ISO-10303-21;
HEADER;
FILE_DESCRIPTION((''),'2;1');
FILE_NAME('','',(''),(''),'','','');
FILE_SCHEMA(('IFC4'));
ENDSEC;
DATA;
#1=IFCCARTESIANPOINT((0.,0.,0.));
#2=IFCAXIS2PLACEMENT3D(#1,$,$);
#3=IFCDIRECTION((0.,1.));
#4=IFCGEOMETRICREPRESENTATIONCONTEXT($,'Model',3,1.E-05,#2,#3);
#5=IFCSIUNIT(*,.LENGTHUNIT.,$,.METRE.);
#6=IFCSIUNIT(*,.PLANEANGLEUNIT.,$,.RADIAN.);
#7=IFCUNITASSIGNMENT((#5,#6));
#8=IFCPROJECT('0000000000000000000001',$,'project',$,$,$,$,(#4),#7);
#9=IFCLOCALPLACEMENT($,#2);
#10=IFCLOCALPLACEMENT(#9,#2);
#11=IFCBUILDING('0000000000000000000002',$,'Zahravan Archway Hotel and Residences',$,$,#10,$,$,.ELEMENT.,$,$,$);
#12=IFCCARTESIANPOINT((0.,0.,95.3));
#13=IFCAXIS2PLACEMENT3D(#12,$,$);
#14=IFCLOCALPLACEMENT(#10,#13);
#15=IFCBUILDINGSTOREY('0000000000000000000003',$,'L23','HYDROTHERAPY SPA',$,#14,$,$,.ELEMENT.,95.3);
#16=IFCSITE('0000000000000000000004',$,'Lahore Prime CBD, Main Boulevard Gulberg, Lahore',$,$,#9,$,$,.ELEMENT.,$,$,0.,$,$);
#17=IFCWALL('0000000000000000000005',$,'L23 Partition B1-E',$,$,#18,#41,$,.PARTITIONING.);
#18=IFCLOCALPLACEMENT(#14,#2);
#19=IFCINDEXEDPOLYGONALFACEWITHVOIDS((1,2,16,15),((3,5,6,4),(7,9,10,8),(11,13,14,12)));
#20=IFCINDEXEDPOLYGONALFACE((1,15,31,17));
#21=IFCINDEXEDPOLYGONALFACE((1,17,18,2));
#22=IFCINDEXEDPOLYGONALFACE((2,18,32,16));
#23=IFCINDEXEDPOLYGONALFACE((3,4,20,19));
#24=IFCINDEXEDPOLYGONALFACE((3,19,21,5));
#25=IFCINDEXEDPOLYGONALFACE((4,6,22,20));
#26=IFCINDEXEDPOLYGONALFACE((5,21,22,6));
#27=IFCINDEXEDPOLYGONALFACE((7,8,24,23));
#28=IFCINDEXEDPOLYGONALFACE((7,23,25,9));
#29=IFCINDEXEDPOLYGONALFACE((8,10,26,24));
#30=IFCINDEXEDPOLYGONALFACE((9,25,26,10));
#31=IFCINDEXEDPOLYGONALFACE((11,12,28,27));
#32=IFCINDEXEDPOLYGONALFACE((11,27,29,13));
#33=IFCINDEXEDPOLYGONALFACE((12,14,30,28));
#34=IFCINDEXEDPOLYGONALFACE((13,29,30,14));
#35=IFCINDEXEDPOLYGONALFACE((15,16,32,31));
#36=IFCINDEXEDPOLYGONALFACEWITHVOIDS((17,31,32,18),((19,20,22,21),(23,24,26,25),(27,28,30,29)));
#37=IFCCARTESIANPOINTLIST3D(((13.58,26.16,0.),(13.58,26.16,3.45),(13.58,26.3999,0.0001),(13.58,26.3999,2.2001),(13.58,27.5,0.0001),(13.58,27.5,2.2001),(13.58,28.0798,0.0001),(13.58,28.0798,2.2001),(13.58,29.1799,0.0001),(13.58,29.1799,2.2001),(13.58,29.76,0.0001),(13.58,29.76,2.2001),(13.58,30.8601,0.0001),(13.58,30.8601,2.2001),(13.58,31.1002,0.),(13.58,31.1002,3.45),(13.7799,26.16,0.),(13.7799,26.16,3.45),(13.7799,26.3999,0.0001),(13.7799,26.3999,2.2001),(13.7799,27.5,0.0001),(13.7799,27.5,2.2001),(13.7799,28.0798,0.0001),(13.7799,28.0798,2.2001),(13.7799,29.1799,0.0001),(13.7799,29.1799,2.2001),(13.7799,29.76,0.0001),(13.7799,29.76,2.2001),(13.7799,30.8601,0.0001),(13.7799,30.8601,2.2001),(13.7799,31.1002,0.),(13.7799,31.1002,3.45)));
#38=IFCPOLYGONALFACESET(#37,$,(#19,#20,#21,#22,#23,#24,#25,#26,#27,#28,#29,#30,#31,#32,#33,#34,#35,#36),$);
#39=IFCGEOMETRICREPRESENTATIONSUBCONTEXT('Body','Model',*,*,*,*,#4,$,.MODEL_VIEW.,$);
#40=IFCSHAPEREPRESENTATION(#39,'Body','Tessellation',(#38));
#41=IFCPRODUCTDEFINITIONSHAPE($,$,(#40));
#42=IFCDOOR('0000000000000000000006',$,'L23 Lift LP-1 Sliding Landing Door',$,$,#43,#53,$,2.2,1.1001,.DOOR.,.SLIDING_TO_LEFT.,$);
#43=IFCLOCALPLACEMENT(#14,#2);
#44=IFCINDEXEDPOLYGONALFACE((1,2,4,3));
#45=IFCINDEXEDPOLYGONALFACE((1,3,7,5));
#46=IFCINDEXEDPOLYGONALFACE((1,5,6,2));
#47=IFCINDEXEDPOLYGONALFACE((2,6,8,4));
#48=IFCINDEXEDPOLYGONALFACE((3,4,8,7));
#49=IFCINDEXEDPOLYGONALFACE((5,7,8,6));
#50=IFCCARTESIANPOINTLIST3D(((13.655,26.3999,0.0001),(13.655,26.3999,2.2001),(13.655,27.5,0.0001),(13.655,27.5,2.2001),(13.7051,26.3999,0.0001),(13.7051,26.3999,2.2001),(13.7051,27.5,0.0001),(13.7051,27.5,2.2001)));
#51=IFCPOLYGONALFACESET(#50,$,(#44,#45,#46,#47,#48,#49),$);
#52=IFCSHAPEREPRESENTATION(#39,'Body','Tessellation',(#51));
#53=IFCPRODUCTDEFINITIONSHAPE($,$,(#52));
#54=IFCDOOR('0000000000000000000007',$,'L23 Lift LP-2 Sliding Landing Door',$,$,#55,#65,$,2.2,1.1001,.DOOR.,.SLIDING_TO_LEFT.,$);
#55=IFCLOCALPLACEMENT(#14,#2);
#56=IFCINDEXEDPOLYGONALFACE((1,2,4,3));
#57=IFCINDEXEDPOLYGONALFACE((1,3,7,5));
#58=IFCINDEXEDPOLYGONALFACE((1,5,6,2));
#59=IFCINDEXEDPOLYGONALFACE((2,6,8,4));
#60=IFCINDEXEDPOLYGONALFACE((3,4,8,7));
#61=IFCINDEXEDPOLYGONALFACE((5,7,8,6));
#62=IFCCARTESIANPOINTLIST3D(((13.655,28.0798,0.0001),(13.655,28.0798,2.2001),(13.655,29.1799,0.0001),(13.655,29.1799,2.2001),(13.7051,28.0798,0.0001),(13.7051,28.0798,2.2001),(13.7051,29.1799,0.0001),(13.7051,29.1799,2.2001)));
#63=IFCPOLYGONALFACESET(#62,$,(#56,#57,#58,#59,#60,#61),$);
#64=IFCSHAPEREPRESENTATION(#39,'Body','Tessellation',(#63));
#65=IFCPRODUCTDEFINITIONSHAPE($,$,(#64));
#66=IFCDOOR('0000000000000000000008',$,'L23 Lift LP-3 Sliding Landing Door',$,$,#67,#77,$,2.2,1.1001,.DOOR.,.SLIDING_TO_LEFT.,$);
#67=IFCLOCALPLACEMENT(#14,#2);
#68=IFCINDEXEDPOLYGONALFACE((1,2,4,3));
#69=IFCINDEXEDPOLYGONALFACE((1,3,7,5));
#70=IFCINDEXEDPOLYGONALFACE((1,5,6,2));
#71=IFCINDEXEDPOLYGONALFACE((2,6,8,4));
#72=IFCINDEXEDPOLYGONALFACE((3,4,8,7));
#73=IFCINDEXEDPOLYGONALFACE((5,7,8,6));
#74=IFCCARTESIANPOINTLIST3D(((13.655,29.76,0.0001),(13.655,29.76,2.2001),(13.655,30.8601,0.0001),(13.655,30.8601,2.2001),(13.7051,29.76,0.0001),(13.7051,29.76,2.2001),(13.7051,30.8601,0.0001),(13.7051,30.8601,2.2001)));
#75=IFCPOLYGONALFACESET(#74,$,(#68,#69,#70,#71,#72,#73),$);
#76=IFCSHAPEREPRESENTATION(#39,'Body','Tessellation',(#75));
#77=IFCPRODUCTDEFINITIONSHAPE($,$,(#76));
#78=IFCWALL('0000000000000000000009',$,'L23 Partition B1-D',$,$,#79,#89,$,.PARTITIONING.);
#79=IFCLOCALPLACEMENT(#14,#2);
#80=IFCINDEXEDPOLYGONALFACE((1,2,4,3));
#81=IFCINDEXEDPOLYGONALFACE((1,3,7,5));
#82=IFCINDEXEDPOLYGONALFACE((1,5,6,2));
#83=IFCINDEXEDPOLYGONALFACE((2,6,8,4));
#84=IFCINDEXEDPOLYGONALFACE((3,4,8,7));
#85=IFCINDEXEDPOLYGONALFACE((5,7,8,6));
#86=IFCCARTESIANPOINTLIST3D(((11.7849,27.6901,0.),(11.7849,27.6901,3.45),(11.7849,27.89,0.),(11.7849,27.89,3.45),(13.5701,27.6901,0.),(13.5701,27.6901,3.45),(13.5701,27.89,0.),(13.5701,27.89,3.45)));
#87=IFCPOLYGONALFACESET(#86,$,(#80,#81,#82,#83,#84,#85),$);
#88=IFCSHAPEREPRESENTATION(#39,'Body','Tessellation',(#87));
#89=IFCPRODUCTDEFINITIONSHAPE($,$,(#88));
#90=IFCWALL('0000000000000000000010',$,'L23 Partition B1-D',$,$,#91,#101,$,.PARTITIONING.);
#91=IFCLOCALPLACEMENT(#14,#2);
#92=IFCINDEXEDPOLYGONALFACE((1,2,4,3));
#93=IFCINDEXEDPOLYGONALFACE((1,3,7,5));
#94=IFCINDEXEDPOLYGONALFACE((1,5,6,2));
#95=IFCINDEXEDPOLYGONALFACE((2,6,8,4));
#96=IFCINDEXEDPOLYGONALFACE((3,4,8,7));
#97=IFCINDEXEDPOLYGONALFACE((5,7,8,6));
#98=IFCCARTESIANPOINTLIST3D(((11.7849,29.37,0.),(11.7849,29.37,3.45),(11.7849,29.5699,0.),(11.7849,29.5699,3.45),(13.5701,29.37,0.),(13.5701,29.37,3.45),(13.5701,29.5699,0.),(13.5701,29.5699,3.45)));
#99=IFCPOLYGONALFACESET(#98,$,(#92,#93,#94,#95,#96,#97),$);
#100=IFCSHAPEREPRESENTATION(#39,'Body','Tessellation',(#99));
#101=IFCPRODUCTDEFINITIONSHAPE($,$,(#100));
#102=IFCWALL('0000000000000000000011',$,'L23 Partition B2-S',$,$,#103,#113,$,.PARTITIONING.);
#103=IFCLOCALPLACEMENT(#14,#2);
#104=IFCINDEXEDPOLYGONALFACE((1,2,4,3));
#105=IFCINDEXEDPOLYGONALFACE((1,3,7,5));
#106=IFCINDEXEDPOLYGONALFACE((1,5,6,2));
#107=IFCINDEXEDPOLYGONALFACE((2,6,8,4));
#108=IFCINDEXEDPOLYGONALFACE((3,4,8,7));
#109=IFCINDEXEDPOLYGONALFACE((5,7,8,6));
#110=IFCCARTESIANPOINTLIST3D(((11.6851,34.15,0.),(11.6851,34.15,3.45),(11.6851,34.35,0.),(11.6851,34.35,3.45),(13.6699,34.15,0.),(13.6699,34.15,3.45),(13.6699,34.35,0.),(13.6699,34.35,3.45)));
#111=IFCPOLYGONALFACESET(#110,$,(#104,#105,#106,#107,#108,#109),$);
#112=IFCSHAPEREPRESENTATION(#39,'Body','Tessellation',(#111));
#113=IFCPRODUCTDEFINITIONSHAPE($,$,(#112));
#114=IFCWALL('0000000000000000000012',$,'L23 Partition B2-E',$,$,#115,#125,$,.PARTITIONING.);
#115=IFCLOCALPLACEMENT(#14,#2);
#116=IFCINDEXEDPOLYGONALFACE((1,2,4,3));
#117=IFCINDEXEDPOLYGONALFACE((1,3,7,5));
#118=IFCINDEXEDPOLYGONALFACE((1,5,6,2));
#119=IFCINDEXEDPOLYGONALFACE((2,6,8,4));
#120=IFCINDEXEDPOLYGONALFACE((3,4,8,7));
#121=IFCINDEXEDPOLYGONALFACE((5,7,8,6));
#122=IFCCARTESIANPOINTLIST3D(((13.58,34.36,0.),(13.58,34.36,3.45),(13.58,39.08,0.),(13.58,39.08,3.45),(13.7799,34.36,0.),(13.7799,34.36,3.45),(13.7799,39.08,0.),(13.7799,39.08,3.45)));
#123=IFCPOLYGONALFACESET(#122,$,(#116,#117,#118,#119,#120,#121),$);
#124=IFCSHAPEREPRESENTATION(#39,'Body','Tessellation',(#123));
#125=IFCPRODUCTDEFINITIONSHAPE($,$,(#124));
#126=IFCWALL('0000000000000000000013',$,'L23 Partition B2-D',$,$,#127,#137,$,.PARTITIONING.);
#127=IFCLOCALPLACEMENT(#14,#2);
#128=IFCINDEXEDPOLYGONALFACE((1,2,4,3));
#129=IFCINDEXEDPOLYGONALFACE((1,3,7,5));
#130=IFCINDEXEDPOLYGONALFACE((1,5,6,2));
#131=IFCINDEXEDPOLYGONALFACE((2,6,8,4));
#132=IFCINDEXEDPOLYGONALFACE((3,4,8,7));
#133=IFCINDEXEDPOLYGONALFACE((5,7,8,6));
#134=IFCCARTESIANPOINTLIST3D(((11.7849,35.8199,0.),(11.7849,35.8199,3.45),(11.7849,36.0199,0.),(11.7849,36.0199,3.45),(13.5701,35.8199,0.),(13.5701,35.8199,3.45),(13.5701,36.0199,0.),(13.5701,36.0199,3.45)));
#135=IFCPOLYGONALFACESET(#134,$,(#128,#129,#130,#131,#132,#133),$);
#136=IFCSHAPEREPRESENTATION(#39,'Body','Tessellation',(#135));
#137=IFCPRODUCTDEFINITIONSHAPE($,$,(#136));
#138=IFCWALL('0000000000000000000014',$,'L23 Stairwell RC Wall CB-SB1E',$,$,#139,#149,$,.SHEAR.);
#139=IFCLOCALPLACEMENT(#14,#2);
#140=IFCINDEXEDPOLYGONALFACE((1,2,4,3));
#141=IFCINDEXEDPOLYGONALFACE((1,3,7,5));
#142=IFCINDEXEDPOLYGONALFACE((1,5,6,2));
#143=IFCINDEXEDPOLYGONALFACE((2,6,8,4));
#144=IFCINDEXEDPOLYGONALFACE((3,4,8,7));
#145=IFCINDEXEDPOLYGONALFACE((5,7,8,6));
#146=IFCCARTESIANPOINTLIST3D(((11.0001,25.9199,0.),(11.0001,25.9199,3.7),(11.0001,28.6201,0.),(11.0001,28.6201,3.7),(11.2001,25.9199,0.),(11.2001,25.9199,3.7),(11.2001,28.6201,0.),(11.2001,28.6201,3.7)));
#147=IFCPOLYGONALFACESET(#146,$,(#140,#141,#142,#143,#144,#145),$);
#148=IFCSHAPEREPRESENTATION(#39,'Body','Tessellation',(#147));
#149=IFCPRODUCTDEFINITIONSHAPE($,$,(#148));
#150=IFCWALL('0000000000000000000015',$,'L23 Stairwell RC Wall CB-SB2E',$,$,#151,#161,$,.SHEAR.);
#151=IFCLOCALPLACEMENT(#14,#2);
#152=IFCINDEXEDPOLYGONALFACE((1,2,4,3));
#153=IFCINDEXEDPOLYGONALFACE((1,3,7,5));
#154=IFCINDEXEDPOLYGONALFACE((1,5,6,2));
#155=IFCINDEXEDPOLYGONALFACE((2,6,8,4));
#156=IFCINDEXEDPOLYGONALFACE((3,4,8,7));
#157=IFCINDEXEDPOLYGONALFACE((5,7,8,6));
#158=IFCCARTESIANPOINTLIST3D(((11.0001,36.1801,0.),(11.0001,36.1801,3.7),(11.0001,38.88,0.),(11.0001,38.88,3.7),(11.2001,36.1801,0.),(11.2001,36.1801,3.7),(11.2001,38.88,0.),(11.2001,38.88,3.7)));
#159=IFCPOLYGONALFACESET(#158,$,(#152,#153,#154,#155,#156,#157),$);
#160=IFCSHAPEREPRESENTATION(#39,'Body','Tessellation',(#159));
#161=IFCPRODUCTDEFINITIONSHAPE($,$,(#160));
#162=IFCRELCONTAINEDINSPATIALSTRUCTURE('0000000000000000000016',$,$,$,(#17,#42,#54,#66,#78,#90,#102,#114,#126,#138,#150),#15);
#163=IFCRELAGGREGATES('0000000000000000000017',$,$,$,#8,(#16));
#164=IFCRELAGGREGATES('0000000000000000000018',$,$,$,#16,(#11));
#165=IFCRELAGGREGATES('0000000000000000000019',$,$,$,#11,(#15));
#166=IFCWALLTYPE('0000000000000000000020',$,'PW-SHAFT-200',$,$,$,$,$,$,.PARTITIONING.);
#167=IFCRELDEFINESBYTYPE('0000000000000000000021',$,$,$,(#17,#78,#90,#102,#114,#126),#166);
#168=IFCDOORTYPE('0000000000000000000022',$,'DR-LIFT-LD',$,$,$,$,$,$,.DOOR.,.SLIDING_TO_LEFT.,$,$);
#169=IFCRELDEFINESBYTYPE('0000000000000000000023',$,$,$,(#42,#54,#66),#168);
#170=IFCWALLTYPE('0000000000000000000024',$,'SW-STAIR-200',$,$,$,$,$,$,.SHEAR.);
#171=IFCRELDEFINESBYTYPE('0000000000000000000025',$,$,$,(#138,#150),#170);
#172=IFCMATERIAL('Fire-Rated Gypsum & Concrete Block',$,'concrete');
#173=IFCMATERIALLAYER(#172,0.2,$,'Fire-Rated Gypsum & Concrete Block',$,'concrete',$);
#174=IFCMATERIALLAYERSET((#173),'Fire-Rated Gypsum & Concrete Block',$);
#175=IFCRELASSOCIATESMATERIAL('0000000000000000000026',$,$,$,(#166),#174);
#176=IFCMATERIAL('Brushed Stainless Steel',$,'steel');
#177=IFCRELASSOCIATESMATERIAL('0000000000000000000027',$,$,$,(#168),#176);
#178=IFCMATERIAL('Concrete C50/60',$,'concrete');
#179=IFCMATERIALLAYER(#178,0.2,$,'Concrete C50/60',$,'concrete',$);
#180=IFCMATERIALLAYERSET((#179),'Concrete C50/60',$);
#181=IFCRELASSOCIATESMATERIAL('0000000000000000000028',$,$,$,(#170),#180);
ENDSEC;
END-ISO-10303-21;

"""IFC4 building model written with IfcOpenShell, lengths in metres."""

from ifc_helpers import new_model, si_unit, direction, frame, frame_2d, origin, place, context, subcontext, project, spatial, rectangle, extrude, source, transform, mapped, material, layer, layer_set, type_object, type_shapes, element, fill, save


model = new_model("IFC4")

# Units and contexts
model_context = context("Model", 3, precision=1e-05, world=origin(), true_north=direction((0.0, 1.0)))
body_context = subcontext(model_context, "Body", "Model", "MODEL_VIEW")
ifc_project = project(units=[si_unit("LENGTHUNIT", "METRE"), si_unit("PLANEANGLEUNIT", "RADIAN")], contexts=[model_context])

# Site, building, storey
site_placement = place(None, origin())
site = spatial("IfcSite", under=ifc_project, at=site_placement, Name="Lahore Prime CBD, Main Boulevard Gulberg, Lahore", CompositionType="ELEMENT", RefElevation=0.0)
building_placement = place(site_placement, origin())
building = spatial("IfcBuilding", under=site, at=building_placement, Name="Zahravan Archway Hotel and Residences", CompositionType="ELEMENT")
storey_placement = place(building_placement, frame((0.0, 0.0, 95.3)))
storey = spatial("IfcBuildingStorey", under=building, at=storey_placement, Name="L23", Description="HYDROTHERAPY SPA", CompositionType="ELEMENT", Elevation=95.3)

# Shared definitions
ifc_material_1 = material(Name="Fire-Rated Gypsum & Concrete Block", Category="concrete")
ifc_layer_1 = layer(ifc_material_1, 0.2, Name="Fire-Rated Gypsum & Concrete Block", Category="concrete")
ifc_layer_set_1 = layer_set([ifc_layer_1], Name="Fire-Rated Gypsum & Concrete Block")
wall_type_1 = type_object("IfcWallType", Name="PW-SHAFT-200", PredefinedType="PARTITIONING", material=ifc_layer_set_1)

# Wall, openings, doors
wall_1_placement = place(storey_placement, frame((13.6799, 26.1599, 0.0), z_axis=(0.0, 0.0, 1.0), x_axis=(0.0, 1.0, 0.0)))
wall_1 = element("IfcWall", 1, at=wall_1_placement, inside=storey, type_object=wall_type_1, Name="L23 Partition B1-E", PredefinedType="PARTITIONING", context=body_context, shape_type="SweptSolid", body=[
    extrude(rectangle(XDim=4.9402, YDim=0.2, at=frame_2d((2.4702, 0.0))), origin(), (0.0, 0.0, 1.0), 3.45),
])
opening_1_placement = place(wall_1_placement, frame((0.24, 0.0, 0.0)))
opening_1 = element("IfcOpeningElement", 2, at=opening_1_placement, cuts=wall_1, PredefinedType="OPENING", context=body_context, shape_type="SweptSolid", body=[
    extrude(rectangle(XDim=1.1001, YDim=2.2, at=frame_2d((0.55, 1.1001))), frame((0.0, 0.1099, 0.0), z_axis=(0.0, -1.0, 0.0), x_axis=(1.0, 0.0, 0.0)), (0.0, 0.0, 1.0), 0.22),
])
opening_2_placement = place(wall_1_placement, frame((1.9199, 0.0, 0.0)))
opening_2 = element("IfcOpeningElement", 3, at=opening_2_placement, cuts=wall_1, PredefinedType="OPENING", context=body_context, shape_type="SweptSolid", body=[
    extrude(rectangle(XDim=1.1001, YDim=2.2, at=frame_2d((0.55, 1.1001))), frame((0.0, 0.1099, 0.0), z_axis=(0.0, -1.0, 0.0), x_axis=(1.0, 0.0, 0.0)), (0.0, 0.0, 1.0), 0.22),
])
opening_3_placement = place(wall_1_placement, frame((3.6001, 0.0, 0.0)))
opening_3 = element("IfcOpeningElement", 4, at=opening_3_placement, cuts=wall_1, PredefinedType="OPENING", context=body_context, shape_type="SweptSolid", body=[
    extrude(rectangle(XDim=1.1001, YDim=2.2, at=frame_2d((0.55, 1.1001))), frame((0.0, 0.1099, 0.0), z_axis=(0.0, -1.0, 0.0), x_axis=(1.0, 0.0, 0.0)), (0.0, 0.0, 1.0), 0.22),
])
ifc_material_2 = material(Name="Brushed Stainless Steel", Category="steel")
door_type = type_object("IfcDoorType", Name="DR-LIFT-LD", OperationType="SLIDING_TO_LEFT", PredefinedType="DOOR", material=ifc_material_2)
shared_shape_1 = source(origin(), body_context, "Body", "SweptSolid", [
    extrude(rectangle(XDim=1.1001, YDim=2.2, at=frame_2d((0.55, 1.1001))), frame((0.0, 0.0249, 0.0), z_axis=(0.0, -1.0, 0.0), x_axis=(1.0, 0.0, 0.0)), (0.0, 0.0, 1.0), 0.05),
])
type_shapes(door_type, [shared_shape_1])
door_1_placement = place(opening_1_placement, origin())
door_1 = element("IfcDoor", 5, at=door_1_placement, inside=storey, type_object=door_type, Name="L23 Lift LP-1 Sliding Landing Door", OperationType="SLIDING_TO_LEFT", OverallHeight=2.2, OverallWidth=1.1001, PredefinedType="DOOR", context=body_context, shape_type="MappedRepresentation", body=[
    mapped(shared_shape_1, transform((0.0, 0.0, 0.0), scale=1.0)),
])
fill(opening_1, door_1)
door_2_placement = place(opening_2_placement, origin())
door_2 = element("IfcDoor", 6, at=door_2_placement, inside=storey, type_object=door_type, Name="L23 Lift LP-2 Sliding Landing Door", OperationType="SLIDING_TO_LEFT", OverallHeight=2.2, OverallWidth=1.1001, PredefinedType="DOOR", context=body_context, shape_type="MappedRepresentation", body=[
    mapped(shared_shape_1, transform((0.0, 0.0, 0.0), scale=1.0)),
])
fill(opening_2, door_2)
door_3_placement = place(opening_3_placement, origin())
door_3 = element("IfcDoor", 7, at=door_3_placement, inside=storey, type_object=door_type, Name="L23 Lift LP-3 Sliding Landing Door", OperationType="SLIDING_TO_LEFT", OverallHeight=2.2, OverallWidth=1.1001, PredefinedType="DOOR", context=body_context, shape_type="MappedRepresentation", body=[
    mapped(shared_shape_1, transform((0.0, 0.0, 0.0), scale=1.0)),
])
fill(opening_3, door_3)

# Walls
for number, where, z_axis, x_axis, name in (
    (8, (11.7849, 27.79, 0.0), (0.0, 0.0, 1.0), (1.0, 0.0, 0.0), "L23 Partition B1-D"),
    (9, (11.7849, 29.47, 0.0), (0.0, 0.0, 1.0), (1.0, 0.0, 0.0), "L23 Partition B1-D"),
):
    element("IfcWall", number, at=place(storey_placement, frame(where, z_axis=z_axis, x_axis=x_axis)), inside=storey, type_object=wall_type_1, Name=name, PredefinedType="PARTITIONING", context=body_context, shape_type="SweptSolid", body=[
        extrude(rectangle(XDim=1.7852, YDim=0.2, at=frame_2d((0.8926, 0.0))), origin(), (0.0, 0.0, 1.0), 3.45),
    ])
wall_2_placement = place(storey_placement, frame((11.6851, 34.25, 0.0), z_axis=(0.0, 0.0, 1.0), x_axis=(1.0, 0.0, 0.0)))
element("IfcWall", 10, at=wall_2_placement, inside=storey, type_object=wall_type_1, Name="L23 Partition B2-S", PredefinedType="PARTITIONING", context=body_context, shape_type="SweptSolid", body=[
    extrude(rectangle(XDim=1.9849, YDim=0.2, at=frame_2d((0.9924, 0.0))), origin(), (0.0, 0.0, 1.0), 3.45),
])
wall_3_placement = place(storey_placement, frame((13.6799, 34.3601, 0.0), z_axis=(0.0, 0.0, 1.0), x_axis=(0.0, 1.0, 0.0)))
element("IfcWall", 11, at=wall_3_placement, inside=storey, type_object=wall_type_1, Name="L23 Partition B2-E", PredefinedType="PARTITIONING", context=body_context, shape_type="SweptSolid", body=[
    extrude(rectangle(XDim=4.72, YDim=0.2, at=frame_2d((2.3599, 0.0))), origin(), (0.0, 0.0, 1.0), 3.45),
])
wall_4_placement = place(storey_placement, frame((11.7849, 35.9199, 0.0), z_axis=(0.0, 0.0, 1.0), x_axis=(1.0, 0.0, 0.0)))
element("IfcWall", 12, at=wall_4_placement, inside=storey, type_object=wall_type_1, Name="L23 Partition B2-D", PredefinedType="PARTITIONING", context=body_context, shape_type="SweptSolid", body=[
    extrude(rectangle(XDim=1.7852, YDim=0.2, at=frame_2d((0.8926, 0.0))), origin(), (0.0, 0.0, 1.0), 3.45),
])
ifc_material_3 = material(Name="Concrete C50/60", Category="concrete")
ifc_layer_2 = layer(ifc_material_3, 0.2, Name="Concrete C50/60", Category="concrete")
ifc_layer_set_2 = layer_set([ifc_layer_2], Name="Concrete C50/60")
wall_type_2 = type_object("IfcWallType", Name="SW-STAIR-200", PredefinedType="SHEAR", material=ifc_layer_set_2)
wall_5_placement = place(storey_placement, frame((11.1001, 25.9199, 0.0), z_axis=(0.0, 0.0, 1.0), x_axis=(0.0, 1.0, 0.0)))
element("IfcWall", 13, at=wall_5_placement, inside=storey, type_object=wall_type_2, Name="L23 Stairwell RC Wall CB-SB1E", PredefinedType="SHEAR", context=body_context, shape_type="SweptSolid", body=[
    extrude(rectangle(XDim=2.7002, YDim=0.2, at=frame_2d((1.3501, 0.0))), origin(), (0.0, 0.0, 1.0), 3.7),
])
wall_6_placement = place(storey_placement, frame((11.1001, 36.1799, 0.0), z_axis=(0.0, 0.0, 1.0), x_axis=(0.0, 1.0, 0.0)))
element("IfcWall", 14, at=wall_6_placement, inside=storey, type_object=wall_type_2, Name="L23 Stairwell RC Wall CB-SB2E", PredefinedType="SHEAR", context=body_context, shape_type="SweptSolid", body=[
    extrude(rectangle(XDim=2.7, YDim=0.2, at=frame_2d((1.3501, 0.0))), origin(), (0.0, 0.0, 1.0), 3.7),
])

save(model, "model.ifc")
